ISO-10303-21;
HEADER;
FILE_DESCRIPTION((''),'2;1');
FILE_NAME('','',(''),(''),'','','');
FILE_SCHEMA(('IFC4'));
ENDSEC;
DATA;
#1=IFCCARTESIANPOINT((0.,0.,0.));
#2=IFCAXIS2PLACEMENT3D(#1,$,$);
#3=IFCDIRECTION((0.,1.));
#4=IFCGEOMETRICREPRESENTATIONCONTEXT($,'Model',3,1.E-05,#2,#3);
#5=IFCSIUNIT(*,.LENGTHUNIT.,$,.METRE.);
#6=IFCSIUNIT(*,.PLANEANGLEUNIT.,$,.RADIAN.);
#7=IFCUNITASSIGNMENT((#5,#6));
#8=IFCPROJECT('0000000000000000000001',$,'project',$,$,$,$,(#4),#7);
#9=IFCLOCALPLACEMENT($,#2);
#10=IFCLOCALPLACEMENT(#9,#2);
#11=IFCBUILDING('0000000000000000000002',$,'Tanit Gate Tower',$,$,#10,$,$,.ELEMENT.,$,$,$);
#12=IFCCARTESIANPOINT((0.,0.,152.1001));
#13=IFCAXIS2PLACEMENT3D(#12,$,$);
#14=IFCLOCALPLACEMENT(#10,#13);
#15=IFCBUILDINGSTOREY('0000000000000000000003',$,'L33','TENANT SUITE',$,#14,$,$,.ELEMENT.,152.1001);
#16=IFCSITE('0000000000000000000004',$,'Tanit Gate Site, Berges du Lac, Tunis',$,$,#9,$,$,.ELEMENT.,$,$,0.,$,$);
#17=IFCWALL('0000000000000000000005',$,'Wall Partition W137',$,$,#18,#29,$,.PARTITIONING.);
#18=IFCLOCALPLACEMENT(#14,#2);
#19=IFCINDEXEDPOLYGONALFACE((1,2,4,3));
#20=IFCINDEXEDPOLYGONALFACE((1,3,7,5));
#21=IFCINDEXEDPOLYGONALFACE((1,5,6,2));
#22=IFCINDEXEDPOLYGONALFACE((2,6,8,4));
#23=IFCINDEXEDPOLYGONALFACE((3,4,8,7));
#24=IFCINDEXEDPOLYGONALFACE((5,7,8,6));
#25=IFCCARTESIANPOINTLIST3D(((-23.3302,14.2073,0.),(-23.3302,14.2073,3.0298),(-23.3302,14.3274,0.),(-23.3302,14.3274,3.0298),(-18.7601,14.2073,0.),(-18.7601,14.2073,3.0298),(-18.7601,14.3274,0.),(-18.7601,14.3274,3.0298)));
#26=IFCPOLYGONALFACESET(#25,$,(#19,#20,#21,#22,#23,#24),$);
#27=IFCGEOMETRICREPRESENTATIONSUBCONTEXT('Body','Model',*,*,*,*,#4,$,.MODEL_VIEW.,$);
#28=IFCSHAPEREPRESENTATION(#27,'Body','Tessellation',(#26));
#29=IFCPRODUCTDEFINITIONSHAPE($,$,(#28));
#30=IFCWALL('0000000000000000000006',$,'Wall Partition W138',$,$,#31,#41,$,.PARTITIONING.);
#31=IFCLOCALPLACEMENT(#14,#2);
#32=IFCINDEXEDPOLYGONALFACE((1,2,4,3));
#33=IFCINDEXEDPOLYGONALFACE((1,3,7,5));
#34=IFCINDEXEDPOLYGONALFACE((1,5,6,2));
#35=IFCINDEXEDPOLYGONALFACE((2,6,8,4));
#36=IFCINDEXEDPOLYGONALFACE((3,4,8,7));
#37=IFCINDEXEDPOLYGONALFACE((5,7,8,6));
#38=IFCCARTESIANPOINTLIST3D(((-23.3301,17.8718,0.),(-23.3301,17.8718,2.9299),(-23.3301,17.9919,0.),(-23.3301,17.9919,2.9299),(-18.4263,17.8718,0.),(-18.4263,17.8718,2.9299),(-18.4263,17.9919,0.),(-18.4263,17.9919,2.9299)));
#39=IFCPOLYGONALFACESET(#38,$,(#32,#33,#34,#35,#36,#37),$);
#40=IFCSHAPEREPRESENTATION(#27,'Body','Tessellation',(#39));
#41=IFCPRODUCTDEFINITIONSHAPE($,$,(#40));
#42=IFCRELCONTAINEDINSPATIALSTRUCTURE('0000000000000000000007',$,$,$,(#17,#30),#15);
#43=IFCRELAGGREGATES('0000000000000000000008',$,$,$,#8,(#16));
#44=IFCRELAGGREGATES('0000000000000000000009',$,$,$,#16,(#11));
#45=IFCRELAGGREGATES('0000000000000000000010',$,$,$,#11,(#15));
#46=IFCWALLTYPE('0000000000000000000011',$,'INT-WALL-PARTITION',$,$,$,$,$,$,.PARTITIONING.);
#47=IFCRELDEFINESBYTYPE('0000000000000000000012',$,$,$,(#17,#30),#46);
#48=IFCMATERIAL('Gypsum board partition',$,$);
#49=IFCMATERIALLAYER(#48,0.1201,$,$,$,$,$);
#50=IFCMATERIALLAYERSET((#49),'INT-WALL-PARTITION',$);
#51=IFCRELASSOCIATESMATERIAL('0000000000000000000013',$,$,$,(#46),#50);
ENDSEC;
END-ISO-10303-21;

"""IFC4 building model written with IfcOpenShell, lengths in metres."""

from ifc_helpers import new_model, si_unit, direction, frame, frame_2d, origin, place, context, subcontext, project, spatial, rectangle, extrude, material, layer, layer_set, type_object, element, save


model = new_model("IFC4")

# Units and contexts
model_context = context("Model", 3, precision=1e-05, world=origin(), true_north=direction((0.0, 1.0)))
body_context = subcontext(model_context, "Body", "Model", "MODEL_VIEW")
ifc_project = project(units=[si_unit("LENGTHUNIT", "METRE"), si_unit("PLANEANGLEUNIT", "RADIAN")], contexts=[model_context])

# Site, building, storey
site_placement = place(None, origin())
site = spatial("IfcSite", under=ifc_project, at=site_placement, Name="Tanit Gate Site, Berges du Lac, Tunis", CompositionType="ELEMENT", RefElevation=0.0)
building_placement = place(site_placement, origin())
building = spatial("IfcBuilding", under=site, at=building_placement, Name="Tanit Gate Tower", CompositionType="ELEMENT")
storey_placement = place(building_placement, frame((0.0, 0.0, 152.1001)))
storey = spatial("IfcBuildingStorey", under=building, at=storey_placement, Name="L33", Description="TENANT SUITE", CompositionType="ELEMENT", Elevation=152.1001)

# Shared definitions
ifc_material_1 = material(Name="Gypsum board partition")
ifc_layer_1 = layer(ifc_material_1, 0.1201)
ifc_layer_set_1 = layer_set([ifc_layer_1], Name="INT-WALL-PARTITION")
wall_type_1 = type_object("IfcWallType", Name="INT-WALL-PARTITION", PredefinedType="PARTITIONING", material=ifc_layer_set_1)

# Walls
wall_1_placement = place(storey_placement, frame((-18.76, 14.2673, 0.0), z_axis=(0.0, 0.0, 1.0), x_axis=(-1.0, 0.0, 0.0)))
element("IfcWall", 1, at=wall_1_placement, inside=storey, type_object=wall_type_1, Name="Wall Partition W137", PredefinedType="PARTITIONING", context=body_context, shape_type="SweptSolid", body=[
    extrude(rectangle(XDim=4.5701, YDim=0.1201, at=frame_2d((2.2852, 0.0))), origin(), (0.0, 0.0, 1.0), 3.0298),
])
wall_2_placement = place(storey_placement, frame((-23.3301, 17.9319, 0.0), z_axis=(0.0, 0.0, 1.0), x_axis=(1.0, 0.0, 0.0)))
element("IfcWall", 2, at=wall_2_placement, inside=storey, type_object=wall_type_1, Name="Wall Partition W138", PredefinedType="PARTITIONING", context=body_context, shape_type="SweptSolid", body=[
    extrude(rectangle(XDim=4.9038, YDim=0.1201, at=frame_2d((2.4519, 0.0))), origin(), (0.0, 0.0, 1.0), 2.9299),
])

save(model, "model.ifc")
